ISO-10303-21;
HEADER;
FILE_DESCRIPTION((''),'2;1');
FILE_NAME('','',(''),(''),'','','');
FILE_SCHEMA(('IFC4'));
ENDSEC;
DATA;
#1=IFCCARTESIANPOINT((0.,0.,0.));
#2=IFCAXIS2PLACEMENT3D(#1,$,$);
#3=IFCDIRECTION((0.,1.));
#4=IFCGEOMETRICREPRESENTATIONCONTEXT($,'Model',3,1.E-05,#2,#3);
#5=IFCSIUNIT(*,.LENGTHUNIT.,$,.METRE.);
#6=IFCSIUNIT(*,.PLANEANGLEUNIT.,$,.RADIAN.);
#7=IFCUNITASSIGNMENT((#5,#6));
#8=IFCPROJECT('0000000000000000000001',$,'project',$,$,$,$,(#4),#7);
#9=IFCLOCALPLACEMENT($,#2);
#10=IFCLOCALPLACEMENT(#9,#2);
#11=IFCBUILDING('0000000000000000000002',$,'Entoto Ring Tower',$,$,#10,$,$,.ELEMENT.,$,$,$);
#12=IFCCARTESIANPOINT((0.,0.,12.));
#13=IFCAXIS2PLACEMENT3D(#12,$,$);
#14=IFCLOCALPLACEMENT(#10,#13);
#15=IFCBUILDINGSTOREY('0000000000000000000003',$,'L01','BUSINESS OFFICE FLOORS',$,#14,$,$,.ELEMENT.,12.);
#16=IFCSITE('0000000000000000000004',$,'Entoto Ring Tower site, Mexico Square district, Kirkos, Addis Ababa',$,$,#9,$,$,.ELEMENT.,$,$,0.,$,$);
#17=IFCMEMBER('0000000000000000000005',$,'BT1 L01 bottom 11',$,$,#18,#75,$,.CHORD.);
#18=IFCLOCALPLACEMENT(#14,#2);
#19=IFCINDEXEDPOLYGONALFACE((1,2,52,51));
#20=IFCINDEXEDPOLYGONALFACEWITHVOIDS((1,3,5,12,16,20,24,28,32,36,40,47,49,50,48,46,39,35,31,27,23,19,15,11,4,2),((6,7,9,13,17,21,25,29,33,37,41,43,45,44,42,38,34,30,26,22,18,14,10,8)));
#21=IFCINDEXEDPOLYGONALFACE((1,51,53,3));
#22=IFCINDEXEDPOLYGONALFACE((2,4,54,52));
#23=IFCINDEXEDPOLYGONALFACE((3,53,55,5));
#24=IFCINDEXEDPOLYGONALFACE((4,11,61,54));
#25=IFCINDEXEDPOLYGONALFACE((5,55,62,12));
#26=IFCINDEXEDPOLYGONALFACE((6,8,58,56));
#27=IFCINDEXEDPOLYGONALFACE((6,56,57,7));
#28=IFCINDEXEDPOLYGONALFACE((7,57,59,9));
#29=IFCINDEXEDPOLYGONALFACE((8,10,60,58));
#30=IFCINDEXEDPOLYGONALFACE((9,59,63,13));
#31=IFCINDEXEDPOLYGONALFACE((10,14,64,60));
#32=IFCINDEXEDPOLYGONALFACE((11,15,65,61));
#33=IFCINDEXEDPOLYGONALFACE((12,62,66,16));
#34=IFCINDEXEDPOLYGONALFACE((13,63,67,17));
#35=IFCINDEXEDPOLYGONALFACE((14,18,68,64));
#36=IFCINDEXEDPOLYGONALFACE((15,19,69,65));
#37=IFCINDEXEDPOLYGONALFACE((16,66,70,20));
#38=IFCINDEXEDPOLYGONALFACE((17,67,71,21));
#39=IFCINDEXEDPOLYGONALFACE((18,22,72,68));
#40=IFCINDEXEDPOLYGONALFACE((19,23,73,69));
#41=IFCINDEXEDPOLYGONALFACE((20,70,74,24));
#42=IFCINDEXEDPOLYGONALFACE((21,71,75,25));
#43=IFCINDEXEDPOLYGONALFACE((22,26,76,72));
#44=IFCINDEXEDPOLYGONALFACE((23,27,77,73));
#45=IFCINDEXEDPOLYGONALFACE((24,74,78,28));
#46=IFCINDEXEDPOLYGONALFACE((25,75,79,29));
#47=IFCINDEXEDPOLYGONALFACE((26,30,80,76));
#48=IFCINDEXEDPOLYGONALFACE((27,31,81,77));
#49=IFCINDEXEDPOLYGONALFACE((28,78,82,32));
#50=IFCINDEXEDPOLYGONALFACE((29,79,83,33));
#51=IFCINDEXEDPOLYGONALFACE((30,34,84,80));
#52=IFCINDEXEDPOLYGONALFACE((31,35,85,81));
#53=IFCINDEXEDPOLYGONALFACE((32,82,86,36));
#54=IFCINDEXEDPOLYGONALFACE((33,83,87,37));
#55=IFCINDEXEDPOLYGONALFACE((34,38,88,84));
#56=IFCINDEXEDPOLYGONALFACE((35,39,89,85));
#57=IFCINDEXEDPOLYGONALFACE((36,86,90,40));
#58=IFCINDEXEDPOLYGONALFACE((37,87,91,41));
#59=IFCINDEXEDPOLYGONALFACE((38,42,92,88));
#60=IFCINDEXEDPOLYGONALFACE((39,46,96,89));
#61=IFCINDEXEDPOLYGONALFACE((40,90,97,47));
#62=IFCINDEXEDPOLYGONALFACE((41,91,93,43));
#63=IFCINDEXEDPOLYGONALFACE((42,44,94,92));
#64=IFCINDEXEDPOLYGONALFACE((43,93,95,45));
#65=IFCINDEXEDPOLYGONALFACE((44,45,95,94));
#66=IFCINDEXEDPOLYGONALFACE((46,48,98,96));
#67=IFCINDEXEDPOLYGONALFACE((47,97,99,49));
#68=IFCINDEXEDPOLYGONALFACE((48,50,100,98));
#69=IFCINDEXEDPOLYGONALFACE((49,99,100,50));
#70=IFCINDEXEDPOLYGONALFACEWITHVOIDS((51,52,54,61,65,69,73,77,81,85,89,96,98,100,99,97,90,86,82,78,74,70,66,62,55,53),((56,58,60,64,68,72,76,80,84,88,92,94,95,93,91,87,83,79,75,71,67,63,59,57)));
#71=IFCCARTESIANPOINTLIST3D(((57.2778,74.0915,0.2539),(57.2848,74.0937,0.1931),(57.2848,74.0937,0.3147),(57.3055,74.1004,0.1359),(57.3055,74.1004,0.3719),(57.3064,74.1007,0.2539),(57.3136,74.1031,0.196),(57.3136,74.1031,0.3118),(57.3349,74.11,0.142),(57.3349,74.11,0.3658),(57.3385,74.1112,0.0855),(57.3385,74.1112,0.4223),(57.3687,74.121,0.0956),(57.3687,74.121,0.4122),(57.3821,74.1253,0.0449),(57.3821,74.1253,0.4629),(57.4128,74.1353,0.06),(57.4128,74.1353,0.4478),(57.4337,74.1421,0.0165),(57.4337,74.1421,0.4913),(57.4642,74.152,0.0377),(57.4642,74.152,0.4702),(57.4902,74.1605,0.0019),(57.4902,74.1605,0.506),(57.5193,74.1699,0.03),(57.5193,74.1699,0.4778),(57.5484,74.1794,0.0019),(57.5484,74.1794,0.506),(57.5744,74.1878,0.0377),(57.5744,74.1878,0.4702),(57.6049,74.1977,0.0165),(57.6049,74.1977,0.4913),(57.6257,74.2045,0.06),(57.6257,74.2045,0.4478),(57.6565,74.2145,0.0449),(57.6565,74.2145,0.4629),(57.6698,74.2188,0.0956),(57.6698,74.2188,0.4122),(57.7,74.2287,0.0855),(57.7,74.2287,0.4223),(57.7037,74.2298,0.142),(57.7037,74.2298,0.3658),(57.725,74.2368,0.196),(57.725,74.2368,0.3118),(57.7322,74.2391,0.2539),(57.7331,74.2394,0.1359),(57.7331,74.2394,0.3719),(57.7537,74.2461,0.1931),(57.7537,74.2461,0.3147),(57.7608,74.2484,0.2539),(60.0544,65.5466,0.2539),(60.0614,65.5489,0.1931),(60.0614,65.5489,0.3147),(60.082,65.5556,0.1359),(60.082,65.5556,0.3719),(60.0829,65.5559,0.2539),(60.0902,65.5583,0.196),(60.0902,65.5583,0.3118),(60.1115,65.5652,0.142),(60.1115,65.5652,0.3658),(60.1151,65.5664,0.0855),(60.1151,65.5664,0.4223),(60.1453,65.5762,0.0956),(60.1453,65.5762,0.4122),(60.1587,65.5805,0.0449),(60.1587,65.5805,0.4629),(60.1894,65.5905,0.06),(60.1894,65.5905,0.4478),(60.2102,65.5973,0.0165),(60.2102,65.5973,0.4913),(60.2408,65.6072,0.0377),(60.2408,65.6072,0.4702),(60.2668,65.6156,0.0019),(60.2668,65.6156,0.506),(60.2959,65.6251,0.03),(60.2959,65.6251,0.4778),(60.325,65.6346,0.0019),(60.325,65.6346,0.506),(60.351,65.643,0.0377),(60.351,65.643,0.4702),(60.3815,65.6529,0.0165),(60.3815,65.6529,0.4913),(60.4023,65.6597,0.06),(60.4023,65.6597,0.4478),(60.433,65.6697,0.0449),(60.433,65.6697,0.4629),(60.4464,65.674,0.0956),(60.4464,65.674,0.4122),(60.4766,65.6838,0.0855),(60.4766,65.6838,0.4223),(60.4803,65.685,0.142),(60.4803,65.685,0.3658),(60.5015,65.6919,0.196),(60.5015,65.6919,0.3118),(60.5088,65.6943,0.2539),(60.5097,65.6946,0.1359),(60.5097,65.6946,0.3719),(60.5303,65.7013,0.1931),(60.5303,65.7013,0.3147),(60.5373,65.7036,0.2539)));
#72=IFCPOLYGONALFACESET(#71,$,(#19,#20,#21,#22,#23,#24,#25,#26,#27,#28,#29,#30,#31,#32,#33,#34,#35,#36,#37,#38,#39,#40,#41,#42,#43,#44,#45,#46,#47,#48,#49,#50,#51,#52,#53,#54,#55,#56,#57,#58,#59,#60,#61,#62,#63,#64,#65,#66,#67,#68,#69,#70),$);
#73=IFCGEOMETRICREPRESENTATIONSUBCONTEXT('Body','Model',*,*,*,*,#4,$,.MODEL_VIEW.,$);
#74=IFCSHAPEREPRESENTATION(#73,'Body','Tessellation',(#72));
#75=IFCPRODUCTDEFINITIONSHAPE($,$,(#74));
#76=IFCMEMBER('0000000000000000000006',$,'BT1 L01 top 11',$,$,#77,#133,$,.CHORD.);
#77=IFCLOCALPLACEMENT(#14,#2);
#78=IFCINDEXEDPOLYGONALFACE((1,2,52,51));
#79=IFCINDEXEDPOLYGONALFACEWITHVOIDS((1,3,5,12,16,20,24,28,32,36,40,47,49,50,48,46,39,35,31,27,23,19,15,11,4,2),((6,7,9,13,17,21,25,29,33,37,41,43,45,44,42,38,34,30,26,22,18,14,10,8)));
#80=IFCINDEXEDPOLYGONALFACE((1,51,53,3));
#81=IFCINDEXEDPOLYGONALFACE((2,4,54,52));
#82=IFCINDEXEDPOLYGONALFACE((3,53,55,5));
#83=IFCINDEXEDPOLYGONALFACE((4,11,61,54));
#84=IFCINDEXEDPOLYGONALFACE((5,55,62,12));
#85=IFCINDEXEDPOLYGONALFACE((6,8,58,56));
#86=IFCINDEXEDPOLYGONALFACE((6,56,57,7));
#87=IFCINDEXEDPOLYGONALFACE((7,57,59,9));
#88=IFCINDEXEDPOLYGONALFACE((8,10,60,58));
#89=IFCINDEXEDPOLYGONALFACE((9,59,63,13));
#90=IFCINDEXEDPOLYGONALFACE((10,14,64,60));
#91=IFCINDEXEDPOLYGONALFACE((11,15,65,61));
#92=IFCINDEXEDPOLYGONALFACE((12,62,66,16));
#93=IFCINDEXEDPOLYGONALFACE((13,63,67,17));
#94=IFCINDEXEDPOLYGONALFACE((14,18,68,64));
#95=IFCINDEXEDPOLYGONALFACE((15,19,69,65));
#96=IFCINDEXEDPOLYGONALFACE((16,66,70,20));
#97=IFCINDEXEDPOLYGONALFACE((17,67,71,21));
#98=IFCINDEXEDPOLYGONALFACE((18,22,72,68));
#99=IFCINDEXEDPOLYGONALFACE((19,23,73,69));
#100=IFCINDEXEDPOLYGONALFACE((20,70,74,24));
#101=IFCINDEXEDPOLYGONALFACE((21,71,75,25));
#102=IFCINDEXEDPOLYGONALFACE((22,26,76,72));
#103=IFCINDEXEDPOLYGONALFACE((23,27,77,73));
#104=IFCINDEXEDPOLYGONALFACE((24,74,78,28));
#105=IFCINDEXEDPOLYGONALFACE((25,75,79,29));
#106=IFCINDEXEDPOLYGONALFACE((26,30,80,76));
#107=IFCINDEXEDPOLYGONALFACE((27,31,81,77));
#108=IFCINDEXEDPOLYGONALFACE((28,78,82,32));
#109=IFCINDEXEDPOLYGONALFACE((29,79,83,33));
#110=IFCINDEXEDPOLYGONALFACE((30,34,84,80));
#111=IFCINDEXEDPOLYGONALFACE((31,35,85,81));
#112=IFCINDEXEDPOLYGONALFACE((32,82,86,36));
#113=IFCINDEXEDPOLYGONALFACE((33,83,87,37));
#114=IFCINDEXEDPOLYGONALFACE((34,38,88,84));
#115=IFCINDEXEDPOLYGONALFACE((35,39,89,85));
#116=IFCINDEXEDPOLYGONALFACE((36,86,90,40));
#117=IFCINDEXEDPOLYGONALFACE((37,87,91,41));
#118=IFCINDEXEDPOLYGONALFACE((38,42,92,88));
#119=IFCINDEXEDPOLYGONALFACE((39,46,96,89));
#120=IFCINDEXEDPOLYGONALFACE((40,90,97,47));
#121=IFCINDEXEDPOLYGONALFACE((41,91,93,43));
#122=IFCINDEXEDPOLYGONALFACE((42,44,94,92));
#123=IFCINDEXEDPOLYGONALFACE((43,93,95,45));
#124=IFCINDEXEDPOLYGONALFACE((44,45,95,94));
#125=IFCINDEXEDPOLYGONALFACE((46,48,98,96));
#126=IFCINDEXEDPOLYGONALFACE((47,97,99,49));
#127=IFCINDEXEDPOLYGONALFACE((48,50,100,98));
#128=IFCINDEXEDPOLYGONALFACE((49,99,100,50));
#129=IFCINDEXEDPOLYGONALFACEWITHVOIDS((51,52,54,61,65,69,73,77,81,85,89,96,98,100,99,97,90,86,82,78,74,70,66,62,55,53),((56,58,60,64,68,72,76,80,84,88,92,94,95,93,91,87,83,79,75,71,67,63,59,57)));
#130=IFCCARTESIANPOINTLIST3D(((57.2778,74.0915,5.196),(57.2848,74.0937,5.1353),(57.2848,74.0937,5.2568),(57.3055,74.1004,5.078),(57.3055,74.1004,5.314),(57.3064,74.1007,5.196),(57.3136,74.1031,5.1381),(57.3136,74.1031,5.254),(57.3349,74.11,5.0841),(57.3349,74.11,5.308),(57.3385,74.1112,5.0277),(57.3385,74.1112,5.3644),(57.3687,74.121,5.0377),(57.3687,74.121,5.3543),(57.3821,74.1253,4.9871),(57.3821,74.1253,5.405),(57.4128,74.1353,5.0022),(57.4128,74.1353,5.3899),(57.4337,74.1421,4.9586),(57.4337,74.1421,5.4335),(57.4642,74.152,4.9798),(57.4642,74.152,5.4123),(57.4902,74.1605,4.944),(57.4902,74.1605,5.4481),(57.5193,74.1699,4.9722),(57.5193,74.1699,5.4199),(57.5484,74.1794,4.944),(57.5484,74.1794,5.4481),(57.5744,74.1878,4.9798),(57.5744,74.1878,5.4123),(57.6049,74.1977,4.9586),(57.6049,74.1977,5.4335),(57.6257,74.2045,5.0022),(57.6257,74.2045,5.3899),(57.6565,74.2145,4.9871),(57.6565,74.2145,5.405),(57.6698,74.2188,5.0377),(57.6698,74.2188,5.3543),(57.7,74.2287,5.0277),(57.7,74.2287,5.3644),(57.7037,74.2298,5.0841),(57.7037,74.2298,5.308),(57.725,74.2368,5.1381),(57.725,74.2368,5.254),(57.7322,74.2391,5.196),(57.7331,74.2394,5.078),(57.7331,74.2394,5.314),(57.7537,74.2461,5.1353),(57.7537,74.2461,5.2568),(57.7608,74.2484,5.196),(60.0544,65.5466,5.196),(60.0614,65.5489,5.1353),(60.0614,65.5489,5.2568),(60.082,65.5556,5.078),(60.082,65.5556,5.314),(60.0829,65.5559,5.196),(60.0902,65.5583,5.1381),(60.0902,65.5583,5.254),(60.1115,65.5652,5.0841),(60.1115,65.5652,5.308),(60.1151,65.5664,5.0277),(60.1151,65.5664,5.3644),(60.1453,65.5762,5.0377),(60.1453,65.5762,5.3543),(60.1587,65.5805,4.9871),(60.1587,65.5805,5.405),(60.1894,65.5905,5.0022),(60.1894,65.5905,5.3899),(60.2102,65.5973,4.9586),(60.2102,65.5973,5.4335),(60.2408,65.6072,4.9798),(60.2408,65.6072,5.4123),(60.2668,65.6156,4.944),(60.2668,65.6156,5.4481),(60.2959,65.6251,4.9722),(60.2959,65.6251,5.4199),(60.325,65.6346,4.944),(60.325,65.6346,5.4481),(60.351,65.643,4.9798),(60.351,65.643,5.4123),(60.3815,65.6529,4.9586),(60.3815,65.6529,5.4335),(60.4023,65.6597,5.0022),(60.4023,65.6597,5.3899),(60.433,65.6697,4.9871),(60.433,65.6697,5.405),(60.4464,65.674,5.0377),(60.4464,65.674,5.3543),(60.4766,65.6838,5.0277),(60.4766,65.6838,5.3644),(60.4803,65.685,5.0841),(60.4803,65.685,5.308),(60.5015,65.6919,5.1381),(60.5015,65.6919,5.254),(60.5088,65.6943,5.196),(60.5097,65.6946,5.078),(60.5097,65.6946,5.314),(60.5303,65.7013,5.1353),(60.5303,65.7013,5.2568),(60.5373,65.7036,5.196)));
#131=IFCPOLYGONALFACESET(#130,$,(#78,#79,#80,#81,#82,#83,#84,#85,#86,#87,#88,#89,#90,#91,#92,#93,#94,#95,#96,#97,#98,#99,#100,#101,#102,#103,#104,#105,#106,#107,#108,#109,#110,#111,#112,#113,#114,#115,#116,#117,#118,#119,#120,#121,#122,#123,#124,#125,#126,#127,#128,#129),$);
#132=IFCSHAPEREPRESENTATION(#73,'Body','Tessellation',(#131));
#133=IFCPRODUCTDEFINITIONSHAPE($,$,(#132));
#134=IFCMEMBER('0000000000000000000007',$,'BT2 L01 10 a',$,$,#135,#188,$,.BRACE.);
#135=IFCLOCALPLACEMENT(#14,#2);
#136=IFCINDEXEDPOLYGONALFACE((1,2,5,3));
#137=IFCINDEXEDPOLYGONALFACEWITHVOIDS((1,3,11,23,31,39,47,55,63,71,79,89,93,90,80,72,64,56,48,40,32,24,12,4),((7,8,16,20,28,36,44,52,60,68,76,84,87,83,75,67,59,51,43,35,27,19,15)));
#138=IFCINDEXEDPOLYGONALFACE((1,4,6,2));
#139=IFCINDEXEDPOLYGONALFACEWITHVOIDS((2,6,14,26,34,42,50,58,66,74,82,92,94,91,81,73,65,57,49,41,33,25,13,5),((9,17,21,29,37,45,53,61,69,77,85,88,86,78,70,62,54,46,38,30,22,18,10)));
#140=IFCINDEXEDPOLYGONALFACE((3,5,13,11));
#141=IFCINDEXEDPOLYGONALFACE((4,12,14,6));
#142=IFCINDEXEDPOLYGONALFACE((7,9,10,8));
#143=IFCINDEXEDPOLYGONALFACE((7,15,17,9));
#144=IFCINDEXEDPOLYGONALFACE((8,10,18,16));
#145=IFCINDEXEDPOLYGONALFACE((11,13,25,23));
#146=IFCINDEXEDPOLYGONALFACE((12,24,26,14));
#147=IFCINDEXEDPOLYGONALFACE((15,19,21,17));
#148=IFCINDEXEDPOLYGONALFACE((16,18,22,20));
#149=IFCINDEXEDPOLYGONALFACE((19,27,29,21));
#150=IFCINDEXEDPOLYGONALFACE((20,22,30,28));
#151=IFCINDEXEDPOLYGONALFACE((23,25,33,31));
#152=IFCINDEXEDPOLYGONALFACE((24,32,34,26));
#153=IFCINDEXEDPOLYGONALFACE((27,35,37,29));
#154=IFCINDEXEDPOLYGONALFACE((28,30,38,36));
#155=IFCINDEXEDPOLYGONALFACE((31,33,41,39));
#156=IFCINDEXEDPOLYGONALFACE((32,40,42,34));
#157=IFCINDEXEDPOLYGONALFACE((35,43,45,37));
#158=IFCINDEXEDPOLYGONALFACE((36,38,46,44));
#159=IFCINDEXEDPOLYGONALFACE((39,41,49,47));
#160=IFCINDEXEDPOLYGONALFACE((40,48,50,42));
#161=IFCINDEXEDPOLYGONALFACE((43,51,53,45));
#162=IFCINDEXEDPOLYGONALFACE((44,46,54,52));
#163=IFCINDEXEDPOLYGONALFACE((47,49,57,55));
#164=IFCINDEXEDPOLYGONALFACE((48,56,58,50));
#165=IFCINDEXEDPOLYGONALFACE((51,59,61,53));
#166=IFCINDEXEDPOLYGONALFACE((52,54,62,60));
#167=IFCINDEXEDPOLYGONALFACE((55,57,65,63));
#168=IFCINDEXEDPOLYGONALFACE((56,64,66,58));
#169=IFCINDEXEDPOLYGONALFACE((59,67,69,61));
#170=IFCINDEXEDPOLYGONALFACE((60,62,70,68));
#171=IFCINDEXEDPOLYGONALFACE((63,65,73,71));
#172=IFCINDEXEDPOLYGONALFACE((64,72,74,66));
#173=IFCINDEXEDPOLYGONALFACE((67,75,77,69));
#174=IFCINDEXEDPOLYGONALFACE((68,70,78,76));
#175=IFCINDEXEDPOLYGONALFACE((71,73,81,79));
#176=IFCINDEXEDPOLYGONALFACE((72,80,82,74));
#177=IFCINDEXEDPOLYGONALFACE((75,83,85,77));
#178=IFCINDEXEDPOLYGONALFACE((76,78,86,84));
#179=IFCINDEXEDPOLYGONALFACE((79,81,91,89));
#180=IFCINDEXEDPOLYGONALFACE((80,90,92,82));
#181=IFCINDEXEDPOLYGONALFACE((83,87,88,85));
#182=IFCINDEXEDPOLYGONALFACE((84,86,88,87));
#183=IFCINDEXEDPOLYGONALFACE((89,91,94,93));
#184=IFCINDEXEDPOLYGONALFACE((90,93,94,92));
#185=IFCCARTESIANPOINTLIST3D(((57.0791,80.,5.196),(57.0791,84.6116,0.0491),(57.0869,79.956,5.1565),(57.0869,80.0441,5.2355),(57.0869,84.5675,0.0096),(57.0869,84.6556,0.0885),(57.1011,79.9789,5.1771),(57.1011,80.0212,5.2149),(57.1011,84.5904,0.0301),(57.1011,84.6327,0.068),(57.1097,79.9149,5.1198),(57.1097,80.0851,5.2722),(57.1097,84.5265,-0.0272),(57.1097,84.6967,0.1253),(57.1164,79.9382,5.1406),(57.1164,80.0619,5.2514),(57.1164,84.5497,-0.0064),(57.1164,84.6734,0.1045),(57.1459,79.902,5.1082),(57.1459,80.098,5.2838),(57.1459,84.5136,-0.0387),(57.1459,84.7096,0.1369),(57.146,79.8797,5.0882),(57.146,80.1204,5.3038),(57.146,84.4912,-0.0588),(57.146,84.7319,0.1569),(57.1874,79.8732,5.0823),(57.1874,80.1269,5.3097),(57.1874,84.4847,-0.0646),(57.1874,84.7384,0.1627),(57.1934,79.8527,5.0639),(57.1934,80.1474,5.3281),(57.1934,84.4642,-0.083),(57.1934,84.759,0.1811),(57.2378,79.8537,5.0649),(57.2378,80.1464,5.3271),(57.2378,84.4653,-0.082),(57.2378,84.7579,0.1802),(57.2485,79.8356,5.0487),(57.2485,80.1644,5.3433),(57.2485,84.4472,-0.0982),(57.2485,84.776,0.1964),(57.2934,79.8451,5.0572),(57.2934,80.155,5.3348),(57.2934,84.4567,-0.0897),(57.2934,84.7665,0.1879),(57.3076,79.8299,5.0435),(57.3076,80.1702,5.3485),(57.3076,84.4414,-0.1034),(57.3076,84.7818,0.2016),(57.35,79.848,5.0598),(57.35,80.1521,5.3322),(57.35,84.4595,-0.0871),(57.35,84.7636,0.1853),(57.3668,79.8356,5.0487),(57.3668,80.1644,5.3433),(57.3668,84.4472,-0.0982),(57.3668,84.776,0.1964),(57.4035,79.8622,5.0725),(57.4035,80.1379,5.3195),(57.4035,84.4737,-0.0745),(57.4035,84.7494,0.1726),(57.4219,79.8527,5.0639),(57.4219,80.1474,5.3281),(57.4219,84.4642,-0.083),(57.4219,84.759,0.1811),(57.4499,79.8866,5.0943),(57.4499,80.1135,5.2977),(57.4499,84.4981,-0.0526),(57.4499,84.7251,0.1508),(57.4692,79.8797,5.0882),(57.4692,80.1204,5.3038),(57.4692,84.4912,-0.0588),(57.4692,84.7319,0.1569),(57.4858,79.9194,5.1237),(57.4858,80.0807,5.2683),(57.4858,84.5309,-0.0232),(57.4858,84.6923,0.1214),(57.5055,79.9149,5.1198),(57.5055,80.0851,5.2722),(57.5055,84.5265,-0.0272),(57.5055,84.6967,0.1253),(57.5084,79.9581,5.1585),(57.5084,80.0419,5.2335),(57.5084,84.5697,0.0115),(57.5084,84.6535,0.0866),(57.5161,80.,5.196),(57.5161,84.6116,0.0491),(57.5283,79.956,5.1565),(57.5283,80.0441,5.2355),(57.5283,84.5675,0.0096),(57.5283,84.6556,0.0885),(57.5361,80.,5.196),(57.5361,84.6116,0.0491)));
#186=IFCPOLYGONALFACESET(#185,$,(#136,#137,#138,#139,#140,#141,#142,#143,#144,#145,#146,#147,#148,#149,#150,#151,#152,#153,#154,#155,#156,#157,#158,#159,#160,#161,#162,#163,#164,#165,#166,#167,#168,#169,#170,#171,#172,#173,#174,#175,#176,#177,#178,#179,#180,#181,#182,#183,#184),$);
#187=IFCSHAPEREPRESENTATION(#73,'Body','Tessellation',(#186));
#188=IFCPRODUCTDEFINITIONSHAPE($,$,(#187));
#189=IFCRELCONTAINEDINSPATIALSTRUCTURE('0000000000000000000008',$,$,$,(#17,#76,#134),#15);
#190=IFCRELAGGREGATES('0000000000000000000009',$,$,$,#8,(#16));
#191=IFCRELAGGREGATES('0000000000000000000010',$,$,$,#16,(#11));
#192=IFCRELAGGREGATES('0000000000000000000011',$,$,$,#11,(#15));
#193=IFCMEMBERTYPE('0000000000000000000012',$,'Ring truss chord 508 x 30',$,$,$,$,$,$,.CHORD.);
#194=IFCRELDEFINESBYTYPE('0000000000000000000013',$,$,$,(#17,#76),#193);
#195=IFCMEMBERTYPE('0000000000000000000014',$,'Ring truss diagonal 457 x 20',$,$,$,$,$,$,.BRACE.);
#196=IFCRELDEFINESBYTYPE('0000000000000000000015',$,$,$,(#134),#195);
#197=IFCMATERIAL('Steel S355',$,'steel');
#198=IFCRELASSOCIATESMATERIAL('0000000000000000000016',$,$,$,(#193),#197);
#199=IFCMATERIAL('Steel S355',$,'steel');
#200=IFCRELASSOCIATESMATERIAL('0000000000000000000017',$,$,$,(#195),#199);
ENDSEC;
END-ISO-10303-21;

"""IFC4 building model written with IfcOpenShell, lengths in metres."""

from ifc_helpers import new_model, si_unit, direction, frame, origin, origin_2d, place, context, subcontext, project, spatial, circle, hollow_circle, extrude, material, material_profile, profile_set, type_object, element, save


model = new_model("IFC4")

# Units and contexts
model_context = context("Model", 3, precision=1e-05, world=origin(), true_north=direction((0.0, 1.0)))
body_context = subcontext(model_context, "Body", "Model", "MODEL_VIEW")
ifc_project = project(units=[si_unit("LENGTHUNIT", "METRE"), si_unit("PLANEANGLEUNIT", "RADIAN")], contexts=[model_context])

# Site, building, storey
site_placement = place(None, origin())
site = spatial("IfcSite", under=ifc_project, at=site_placement, Name="Entoto Ring Tower site, Mexico Square district, Kirkos, Addis Ababa", CompositionType="ELEMENT", RefElevation=0.0)
building_placement = place(site_placement, origin())
building = spatial("IfcBuilding", under=site, at=building_placement, Name="Entoto Ring Tower", CompositionType="ELEMENT")
storey_placement = place(building_placement, frame((0.0, 0.0, 12.0)))
storey = spatial("IfcBuildingStorey", under=building, at=storey_placement, Name="L01", Description="BUSINESS OFFICE FLOORS", CompositionType="ELEMENT", Elevation=12.0)

# Members
ifc_material_1 = material(Name="Steel S355", Category="steel")
ifc_material_profile_1 = material_profile(ifc_material_1, hollow_circle(Radius=0.2539, WallThickness=0.03, at=origin_2d()), Name="CHS 508 x 30")
ifc_material_2 = material(Name="Concrete C60/75", Category="concrete")
ifc_material_profile_2 = material_profile(ifc_material_2, circle(Radius=0.2241, at=origin_2d()), Name="Concrete C60/75 infill")
ifc_profile_set_1 = profile_set([ifc_material_profile_1, ifc_material_profile_2], Name="Steel S355")
member_type_1 = type_object("IfcMemberType", Name="Ring truss chord 508 x 30", PredefinedType="CHORD", material=ifc_profile_set_1)
for number, where, z_axis, x_axis, name in (
    (1, (57.5193, 74.1699, 0.2539), (0.309037, -0.95105, 0.0), (0.95105, 0.309037, 0.0), "BT1 L01 bottom 11"),
    (2, (57.5193, 74.1699, 5.196), (0.309037, -0.95105, 0.0), (0.95105, 0.309037, 0.0), "BT1 L01 top 11"),
):
    element("IfcMember", number, at=place(storey_placement, frame(where, z_axis=z_axis, x_axis=x_axis)), inside=storey, type_object=member_type_1, Name=name, PredefinedType="CHORD", context=body_context, shape_type="SweptSolid", body=[
        extrude(hollow_circle(Radius=0.2539, WallThickness=0.03, at=origin_2d()), origin(), (0.0, 0.0, 1.0), 8.9846),
    ])
ifc_material_3 = material(Name="Steel S355", Category="steel")
ifc_material_profile_3 = material_profile(ifc_material_3, hollow_circle(Radius=0.2285, WallThickness=0.02, at=origin_2d()), Name="CHS 457 x 20")
ifc_material_4 = material(Name="Concrete C60/75", Category="concrete")
ifc_material_profile_4 = material_profile(ifc_material_4, circle(Radius=0.2085, at=origin_2d()), Name="Concrete C60/75 infill")
ifc_profile_set_2 = profile_set([ifc_material_profile_3, ifc_material_profile_4], Name="Steel S355")
member_type_2 = type_object("IfcMemberType", Name="Ring truss diagonal 457 x 20", PredefinedType="BRACE", material=ifc_profile_set_2)
for number, where, z_axis, x_axis, name in (
    (3, (57.3076, 84.6116, 0.0491), (0.0, -0.667308, 0.744782), (1.0, 0.0, 0.0), "BT2 L01 10 a"),
):
    element("IfcMember", number, at=place(storey_placement, frame(where, z_axis=z_axis, x_axis=x_axis)), inside=storey, type_object=member_type_2, Name=name, PredefinedType="BRACE", context=body_context, shape_type="SweptSolid", body=[
        extrude(hollow_circle(Radius=0.2285, WallThickness=0.02, at=origin_2d()), origin(), (0.0, 0.0, 1.0), 6.9106),
    ])

save(model, "model.ifc")
